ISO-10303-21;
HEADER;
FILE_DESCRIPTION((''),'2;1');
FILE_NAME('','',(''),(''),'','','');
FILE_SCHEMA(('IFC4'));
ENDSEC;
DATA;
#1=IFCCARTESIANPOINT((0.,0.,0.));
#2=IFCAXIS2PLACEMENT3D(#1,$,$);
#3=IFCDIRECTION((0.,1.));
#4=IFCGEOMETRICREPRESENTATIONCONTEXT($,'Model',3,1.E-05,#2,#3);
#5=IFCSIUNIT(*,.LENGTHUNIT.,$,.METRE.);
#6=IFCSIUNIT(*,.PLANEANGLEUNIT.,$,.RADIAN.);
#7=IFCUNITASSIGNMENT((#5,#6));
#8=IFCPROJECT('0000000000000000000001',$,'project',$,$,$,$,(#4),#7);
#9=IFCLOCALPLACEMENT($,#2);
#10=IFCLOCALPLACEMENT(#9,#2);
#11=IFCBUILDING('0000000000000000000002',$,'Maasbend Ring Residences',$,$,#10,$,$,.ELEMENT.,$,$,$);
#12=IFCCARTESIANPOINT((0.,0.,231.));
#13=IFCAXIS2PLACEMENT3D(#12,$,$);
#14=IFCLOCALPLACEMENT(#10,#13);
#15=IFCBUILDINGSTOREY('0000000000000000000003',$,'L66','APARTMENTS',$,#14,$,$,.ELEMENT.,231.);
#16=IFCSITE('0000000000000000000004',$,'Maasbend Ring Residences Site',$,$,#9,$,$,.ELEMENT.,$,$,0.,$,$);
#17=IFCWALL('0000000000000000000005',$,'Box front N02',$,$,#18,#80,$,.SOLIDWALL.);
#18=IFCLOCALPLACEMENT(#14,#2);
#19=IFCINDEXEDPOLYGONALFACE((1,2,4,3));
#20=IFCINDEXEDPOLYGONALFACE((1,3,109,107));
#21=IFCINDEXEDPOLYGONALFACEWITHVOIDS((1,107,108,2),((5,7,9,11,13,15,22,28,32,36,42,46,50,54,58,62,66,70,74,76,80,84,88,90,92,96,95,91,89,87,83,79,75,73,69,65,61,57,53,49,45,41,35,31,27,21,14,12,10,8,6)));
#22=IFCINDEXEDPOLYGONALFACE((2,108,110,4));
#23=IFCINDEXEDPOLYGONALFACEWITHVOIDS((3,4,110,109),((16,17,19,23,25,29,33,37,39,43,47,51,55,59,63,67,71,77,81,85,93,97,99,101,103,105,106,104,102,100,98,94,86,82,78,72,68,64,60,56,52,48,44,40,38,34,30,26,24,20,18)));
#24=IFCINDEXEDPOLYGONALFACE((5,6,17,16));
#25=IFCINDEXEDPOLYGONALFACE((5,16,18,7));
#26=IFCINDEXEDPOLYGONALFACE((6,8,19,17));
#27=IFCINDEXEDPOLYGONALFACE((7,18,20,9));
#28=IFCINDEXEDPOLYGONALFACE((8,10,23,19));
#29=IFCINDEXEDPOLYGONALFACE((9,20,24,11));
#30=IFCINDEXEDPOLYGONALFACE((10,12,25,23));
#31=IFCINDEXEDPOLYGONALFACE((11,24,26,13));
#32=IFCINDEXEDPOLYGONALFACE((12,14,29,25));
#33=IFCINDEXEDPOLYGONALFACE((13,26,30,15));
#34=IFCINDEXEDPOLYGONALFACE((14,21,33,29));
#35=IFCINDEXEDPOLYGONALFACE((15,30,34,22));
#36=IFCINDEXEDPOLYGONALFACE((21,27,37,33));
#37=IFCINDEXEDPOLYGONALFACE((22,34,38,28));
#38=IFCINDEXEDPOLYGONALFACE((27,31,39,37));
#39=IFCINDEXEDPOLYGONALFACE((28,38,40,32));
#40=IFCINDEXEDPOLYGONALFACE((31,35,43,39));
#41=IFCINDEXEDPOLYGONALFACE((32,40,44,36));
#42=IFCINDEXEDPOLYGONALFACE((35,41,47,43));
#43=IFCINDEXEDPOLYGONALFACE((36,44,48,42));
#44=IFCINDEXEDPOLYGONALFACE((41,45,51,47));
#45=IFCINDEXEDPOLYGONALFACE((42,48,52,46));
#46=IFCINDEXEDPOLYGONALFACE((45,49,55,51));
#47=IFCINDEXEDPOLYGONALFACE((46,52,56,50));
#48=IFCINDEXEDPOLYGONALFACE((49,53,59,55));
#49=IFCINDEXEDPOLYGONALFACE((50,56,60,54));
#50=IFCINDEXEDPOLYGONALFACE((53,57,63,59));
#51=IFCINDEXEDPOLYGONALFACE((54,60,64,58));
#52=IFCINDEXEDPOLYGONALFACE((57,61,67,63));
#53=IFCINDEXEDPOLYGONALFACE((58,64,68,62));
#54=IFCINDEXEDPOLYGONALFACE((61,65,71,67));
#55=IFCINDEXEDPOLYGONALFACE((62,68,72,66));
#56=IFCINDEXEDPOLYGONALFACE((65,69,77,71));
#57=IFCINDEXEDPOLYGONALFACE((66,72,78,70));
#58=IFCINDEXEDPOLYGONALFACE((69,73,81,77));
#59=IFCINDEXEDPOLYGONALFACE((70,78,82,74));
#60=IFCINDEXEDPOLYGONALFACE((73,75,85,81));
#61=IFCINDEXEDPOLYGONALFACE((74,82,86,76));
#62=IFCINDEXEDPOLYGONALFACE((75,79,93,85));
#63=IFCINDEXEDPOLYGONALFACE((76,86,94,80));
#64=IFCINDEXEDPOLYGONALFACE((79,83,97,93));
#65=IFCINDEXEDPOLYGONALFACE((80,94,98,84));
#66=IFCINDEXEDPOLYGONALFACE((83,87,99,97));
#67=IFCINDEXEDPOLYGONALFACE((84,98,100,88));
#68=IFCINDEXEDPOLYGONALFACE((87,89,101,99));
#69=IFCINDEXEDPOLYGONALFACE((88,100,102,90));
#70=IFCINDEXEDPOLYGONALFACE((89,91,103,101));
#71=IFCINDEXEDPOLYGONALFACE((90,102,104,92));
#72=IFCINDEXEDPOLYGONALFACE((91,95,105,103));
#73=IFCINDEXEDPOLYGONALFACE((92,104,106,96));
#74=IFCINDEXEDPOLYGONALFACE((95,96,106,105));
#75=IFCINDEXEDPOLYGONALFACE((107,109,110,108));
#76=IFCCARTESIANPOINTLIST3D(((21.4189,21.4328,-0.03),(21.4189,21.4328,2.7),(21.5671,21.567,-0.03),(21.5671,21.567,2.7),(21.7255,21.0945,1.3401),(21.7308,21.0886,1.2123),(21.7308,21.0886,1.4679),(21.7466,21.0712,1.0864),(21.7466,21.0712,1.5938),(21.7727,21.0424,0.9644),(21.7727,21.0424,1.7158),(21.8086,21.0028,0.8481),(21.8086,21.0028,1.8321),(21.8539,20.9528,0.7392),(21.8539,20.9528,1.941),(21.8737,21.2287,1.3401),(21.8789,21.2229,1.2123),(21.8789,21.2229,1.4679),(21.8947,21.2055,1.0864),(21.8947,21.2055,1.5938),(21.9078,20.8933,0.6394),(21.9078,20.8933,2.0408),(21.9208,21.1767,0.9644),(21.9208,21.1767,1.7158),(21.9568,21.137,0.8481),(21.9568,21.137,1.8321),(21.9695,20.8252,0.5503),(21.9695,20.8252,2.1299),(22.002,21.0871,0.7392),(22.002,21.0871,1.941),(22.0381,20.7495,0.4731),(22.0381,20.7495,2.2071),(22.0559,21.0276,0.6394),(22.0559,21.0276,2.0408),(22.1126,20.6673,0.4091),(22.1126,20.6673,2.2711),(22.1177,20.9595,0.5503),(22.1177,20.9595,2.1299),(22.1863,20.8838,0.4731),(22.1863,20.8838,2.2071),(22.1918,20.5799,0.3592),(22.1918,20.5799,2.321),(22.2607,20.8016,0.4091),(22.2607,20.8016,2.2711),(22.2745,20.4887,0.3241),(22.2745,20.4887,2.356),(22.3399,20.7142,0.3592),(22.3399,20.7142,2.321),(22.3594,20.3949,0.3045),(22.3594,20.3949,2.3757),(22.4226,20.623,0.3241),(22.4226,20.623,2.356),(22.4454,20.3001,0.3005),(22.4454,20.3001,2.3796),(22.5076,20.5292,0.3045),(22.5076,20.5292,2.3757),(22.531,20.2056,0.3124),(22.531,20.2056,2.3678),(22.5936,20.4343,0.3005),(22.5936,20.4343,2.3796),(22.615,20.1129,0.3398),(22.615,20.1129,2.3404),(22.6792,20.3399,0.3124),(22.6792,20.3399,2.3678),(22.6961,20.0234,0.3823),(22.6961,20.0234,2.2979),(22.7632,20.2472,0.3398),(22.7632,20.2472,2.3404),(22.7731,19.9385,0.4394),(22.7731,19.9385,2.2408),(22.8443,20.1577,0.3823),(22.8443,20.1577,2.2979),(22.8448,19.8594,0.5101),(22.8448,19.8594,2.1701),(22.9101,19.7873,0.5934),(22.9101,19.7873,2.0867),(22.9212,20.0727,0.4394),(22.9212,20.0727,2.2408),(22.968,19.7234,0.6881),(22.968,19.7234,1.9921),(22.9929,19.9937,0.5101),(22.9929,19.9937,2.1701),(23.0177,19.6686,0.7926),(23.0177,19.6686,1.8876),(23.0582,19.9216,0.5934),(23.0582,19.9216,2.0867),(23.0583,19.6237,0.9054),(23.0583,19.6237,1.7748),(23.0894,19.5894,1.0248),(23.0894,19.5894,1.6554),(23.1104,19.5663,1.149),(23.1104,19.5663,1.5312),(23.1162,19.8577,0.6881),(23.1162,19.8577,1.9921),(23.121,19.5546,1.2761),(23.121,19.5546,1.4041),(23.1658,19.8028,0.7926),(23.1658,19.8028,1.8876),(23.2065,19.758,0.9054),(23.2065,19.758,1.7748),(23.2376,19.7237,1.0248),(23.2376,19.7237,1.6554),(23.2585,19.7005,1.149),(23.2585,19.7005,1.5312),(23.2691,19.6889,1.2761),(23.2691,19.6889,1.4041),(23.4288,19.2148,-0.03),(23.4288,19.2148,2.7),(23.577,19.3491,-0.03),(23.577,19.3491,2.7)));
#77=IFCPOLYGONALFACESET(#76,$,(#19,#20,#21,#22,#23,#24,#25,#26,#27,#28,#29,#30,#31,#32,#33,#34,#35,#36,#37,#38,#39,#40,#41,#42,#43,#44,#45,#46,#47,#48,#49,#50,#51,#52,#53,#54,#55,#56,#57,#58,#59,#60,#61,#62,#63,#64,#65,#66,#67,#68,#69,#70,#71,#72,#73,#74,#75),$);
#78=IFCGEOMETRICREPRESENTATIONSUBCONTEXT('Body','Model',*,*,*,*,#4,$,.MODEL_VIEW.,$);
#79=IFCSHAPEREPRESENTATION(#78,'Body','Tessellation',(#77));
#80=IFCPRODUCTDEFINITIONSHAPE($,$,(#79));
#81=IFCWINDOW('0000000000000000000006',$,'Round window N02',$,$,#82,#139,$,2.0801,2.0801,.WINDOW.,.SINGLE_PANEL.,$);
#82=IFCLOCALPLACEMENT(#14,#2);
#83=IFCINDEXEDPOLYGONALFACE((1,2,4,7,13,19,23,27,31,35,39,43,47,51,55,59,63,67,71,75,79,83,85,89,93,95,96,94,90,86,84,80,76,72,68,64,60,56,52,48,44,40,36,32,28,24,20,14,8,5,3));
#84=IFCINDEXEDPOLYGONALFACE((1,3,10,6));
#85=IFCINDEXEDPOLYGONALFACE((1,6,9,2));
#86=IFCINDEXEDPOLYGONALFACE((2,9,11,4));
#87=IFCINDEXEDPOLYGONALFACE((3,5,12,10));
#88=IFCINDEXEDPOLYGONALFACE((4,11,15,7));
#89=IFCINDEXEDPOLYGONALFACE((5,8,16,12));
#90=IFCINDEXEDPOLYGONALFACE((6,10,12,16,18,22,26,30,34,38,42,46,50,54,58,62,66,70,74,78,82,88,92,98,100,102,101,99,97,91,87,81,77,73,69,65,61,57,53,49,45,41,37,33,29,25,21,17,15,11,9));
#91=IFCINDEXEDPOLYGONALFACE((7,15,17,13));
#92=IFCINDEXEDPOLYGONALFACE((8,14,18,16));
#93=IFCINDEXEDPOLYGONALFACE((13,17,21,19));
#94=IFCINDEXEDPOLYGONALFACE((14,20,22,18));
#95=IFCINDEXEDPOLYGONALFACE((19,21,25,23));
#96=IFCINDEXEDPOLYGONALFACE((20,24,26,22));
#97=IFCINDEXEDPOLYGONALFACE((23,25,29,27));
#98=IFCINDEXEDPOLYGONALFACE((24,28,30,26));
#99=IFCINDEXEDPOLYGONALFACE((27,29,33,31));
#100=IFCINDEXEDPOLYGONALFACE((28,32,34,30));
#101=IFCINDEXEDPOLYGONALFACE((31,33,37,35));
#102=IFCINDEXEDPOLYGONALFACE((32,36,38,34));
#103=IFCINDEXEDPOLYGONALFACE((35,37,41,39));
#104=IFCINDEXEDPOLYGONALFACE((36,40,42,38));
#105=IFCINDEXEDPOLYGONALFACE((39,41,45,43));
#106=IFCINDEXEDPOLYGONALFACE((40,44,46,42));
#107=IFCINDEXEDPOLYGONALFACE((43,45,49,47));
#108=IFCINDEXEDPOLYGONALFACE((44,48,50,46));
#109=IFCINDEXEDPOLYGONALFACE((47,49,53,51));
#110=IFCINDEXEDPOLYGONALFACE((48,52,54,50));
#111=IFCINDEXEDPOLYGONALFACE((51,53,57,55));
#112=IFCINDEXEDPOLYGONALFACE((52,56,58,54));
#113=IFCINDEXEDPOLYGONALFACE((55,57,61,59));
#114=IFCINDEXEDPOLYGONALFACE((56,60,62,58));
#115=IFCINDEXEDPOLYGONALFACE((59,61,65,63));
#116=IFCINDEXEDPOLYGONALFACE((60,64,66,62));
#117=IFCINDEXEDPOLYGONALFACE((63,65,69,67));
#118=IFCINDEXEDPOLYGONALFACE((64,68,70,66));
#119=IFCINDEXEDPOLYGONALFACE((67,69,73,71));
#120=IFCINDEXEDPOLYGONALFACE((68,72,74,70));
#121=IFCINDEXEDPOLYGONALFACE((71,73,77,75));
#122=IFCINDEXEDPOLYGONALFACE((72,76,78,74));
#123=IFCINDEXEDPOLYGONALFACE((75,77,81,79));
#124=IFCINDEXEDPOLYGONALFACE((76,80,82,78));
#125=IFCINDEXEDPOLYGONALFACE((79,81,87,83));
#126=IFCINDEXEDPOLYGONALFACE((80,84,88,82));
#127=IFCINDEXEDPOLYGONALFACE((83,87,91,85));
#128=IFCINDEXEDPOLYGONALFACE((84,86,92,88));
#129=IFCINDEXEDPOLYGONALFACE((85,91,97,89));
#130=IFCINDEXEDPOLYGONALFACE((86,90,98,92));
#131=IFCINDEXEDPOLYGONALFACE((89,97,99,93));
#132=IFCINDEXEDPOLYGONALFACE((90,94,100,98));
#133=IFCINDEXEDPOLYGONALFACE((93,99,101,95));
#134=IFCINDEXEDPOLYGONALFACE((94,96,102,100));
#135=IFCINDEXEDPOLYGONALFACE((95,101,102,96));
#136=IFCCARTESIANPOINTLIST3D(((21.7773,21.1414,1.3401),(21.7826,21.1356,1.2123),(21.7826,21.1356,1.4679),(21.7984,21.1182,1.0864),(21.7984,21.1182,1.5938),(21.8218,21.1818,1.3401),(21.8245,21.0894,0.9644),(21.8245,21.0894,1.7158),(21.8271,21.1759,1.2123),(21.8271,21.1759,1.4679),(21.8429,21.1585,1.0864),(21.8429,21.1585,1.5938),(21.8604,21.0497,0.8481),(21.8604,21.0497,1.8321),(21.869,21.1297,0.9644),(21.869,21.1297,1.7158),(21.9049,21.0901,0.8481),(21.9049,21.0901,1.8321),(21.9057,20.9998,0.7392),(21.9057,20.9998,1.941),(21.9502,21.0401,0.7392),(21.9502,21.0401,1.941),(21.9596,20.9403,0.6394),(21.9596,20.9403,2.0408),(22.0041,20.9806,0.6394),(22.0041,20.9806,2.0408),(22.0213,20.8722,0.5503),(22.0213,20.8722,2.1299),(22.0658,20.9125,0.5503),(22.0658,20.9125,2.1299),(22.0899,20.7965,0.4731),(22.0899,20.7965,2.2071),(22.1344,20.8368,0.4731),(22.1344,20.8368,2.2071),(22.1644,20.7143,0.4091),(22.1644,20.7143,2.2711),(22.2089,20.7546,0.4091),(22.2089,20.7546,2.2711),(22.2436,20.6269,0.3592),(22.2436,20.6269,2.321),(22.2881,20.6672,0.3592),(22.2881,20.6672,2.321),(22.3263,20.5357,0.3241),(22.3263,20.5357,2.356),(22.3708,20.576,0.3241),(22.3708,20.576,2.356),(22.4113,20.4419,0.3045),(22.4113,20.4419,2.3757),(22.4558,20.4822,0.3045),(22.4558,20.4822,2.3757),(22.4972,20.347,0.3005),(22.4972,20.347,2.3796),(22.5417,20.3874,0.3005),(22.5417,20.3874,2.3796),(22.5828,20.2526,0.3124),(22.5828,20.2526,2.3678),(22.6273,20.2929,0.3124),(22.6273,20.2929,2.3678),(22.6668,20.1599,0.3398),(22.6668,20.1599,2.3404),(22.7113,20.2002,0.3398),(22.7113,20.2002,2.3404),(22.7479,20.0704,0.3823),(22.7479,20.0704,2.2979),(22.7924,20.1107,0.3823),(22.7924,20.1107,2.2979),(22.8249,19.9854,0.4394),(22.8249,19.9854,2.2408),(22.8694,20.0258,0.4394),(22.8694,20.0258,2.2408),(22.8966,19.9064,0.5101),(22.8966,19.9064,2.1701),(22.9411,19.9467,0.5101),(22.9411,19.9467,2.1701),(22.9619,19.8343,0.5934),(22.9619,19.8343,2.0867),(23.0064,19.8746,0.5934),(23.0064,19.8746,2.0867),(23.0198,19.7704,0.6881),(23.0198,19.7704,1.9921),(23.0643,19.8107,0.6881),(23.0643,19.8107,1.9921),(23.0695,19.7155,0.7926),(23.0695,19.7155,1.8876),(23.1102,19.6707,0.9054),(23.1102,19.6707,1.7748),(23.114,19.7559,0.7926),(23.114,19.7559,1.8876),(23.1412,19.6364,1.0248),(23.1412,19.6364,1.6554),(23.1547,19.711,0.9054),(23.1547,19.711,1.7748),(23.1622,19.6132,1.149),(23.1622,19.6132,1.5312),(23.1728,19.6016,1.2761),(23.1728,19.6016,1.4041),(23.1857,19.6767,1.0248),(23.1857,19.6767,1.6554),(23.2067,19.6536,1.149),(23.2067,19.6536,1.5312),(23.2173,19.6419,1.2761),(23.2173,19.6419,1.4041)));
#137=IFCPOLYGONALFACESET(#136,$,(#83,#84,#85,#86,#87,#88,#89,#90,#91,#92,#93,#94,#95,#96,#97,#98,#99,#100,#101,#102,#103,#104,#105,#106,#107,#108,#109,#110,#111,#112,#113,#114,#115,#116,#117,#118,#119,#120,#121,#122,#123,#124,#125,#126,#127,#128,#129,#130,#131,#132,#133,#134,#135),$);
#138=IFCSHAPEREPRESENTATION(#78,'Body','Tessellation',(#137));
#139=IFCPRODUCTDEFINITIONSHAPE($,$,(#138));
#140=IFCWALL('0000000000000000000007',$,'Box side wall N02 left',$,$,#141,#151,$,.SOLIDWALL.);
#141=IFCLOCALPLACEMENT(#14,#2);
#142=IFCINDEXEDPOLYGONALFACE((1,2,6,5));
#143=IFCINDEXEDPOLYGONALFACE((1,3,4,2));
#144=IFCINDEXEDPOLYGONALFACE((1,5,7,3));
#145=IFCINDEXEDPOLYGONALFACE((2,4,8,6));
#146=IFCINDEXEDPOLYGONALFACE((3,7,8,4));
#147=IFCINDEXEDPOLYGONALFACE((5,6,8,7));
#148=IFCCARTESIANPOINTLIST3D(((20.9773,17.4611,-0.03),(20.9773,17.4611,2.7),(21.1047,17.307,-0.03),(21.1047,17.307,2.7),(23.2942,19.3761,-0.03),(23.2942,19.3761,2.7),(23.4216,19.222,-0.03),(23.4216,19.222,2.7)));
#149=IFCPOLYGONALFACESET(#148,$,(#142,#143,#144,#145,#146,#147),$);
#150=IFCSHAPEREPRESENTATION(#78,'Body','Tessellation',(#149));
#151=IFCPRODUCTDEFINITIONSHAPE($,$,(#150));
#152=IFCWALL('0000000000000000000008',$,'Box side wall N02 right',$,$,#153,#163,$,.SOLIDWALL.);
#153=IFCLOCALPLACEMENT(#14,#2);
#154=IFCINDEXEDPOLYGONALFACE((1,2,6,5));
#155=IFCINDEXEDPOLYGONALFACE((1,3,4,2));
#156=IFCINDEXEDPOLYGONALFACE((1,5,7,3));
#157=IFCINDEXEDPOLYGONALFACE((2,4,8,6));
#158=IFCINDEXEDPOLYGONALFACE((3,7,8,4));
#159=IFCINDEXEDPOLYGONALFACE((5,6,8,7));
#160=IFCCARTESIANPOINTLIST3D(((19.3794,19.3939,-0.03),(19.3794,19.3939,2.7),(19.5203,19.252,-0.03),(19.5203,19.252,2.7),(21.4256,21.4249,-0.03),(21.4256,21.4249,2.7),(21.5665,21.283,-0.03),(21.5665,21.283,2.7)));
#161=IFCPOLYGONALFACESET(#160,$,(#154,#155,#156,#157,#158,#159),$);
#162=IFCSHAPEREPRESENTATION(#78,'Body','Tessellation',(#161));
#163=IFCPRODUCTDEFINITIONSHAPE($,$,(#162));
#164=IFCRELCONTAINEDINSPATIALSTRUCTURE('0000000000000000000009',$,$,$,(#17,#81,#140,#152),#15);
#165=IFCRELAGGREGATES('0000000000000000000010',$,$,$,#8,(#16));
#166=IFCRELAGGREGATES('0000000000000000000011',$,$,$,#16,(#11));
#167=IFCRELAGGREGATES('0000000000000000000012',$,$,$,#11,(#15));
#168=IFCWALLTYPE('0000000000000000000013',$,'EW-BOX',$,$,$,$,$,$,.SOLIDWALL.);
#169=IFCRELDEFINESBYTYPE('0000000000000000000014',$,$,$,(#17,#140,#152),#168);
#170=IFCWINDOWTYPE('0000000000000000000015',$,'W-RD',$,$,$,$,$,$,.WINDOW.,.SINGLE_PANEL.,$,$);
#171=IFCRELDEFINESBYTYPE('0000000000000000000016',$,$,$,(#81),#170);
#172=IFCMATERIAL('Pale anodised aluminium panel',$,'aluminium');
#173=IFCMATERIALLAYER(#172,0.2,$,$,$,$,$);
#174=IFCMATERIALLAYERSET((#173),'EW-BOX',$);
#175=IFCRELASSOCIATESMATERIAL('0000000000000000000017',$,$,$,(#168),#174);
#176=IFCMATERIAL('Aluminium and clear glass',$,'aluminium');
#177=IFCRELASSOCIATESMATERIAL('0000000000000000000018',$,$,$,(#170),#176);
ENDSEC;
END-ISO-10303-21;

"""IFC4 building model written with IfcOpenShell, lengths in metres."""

from ifc_helpers import new_model, si_unit, direction, frame, frame_2d, origin, place, context, subcontext, project, spatial, rectangle, circle, extrude, material, layer, layer_set, type_object, element, fill, save


model = new_model("IFC4")

# Units and contexts
model_context = context("Model", 3, precision=1e-05, world=origin(), true_north=direction((0.0, 1.0)))
body_context = subcontext(model_context, "Body", "Model", "MODEL_VIEW")
ifc_project = project(units=[si_unit("LENGTHUNIT", "METRE"), si_unit("PLANEANGLEUNIT", "RADIAN")], contexts=[model_context])

# Site, building, storey
site_placement = place(None, origin())
site = spatial("IfcSite", under=ifc_project, at=site_placement, Name="Maasbend Ring Residences Site", CompositionType="ELEMENT", RefElevation=0.0)
building_placement = place(site_placement, origin())
building = spatial("IfcBuilding", under=site, at=building_placement, Name="Maasbend Ring Residences", CompositionType="ELEMENT")
storey_placement = place(building_placement, frame((0.0, 0.0, 231.0)))
storey = spatial("IfcBuildingStorey", under=building, at=storey_placement, Name="L66", Description="APARTMENTS", CompositionType="ELEMENT", Elevation=231.0)

# Wall, opening, window
ifc_material_1 = material(Name="Pale anodised aluminium panel", Category="aluminium")
ifc_layer_1 = layer(ifc_material_1, 0.2)
ifc_layer_set_1 = layer_set([ifc_layer_1], Name="EW-BOX")
wall_type_1 = type_object("IfcWallType", Name="EW-BOX", PredefinedType="SOLIDWALL", material=ifc_layer_set_1)
wall_1_placement = place(storey_placement, frame((23.5029, 19.282, -0.03), z_axis=(0.0, 0.0, 1.0), x_axis=(-0.671507, 0.740998, 0.0)))
wall_1 = element("IfcWall", 1, at=wall_1_placement, inside=storey, type_object=wall_type_1, Name="Box front N02", PredefinedType="SOLIDWALL", context=body_context, shape_type="SweptSolid", body=[
    extrude(rectangle(XDim=2.9932, YDim=0.2, at=frame_2d((1.4966, 0.0))), origin(), (0.0, 0.0, 1.0), 2.73),
])
opening_1_placement = place(wall_1_placement, frame((0.4565, 0.0, 0.3301)))
opening_1 = element("IfcOpeningElement", 2, at=opening_1_placement, cuts=wall_1, PredefinedType="OPENING", context=body_context, shape_type="SweptSolid", body=[
    extrude(circle(Radius=1.04, at=frame_2d((1.04, 1.04))), frame((0.0, 0.1099, 0.0), z_axis=(0.0, -1.0, 0.0), x_axis=(1.0, 0.0, 0.0)), (0.0, 0.0, 1.0), 0.22),
])
ifc_material_2 = material(Name="Aluminium and clear glass", Category="aluminium")
window_type_1 = type_object("IfcWindowType", Name="W-RD", PartitioningType="SINGLE_PANEL", PredefinedType="WINDOW", material=ifc_material_2)
window_1_placement = place(opening_1_placement, origin())
window_1 = element("IfcWindow", 3, at=window_1_placement, inside=storey, type_object=window_type_1, Name="Round window N02", OverallHeight=2.0801, OverallWidth=2.0801, PartitioningType="SINGLE_PANEL", PredefinedType="WINDOW", context=body_context, shape_type="SweptSolid", body=[
    extrude(circle(Radius=1.04, at=frame_2d((1.04, 1.04))), frame((0.0, 0.03, 0.0), z_axis=(0.0, -1.0, 0.0), x_axis=(1.0, 0.0, 0.0)), (0.0, 0.0, 1.0), 0.0601),
])
fill(opening_1, window_1)

# Walls
wall_2_placement = place(storey_placement, frame((21.041, 17.384, -0.03), z_axis=(0.0, 0.0, 1.0), x_axis=(0.770785, 0.637096, 0.0)))
element("IfcWall", 4, at=wall_2_placement, inside=storey, type_object=wall_type_1, Name="Box side wall N02 left", PredefinedType="SOLIDWALL", context=body_context, shape_type="SweptSolid", body=[
    extrude(rectangle(XDim=3.0059, YDim=0.2, at=frame_2d((1.5029, 0.0))), origin(), (0.0, 0.0, 1.0), 2.73),
])
wall_3_placement = place(storey_placement, frame((19.45, 19.323, -0.03), z_axis=(0.0, 0.0, 1.0), x_axis=(0.709727, 0.704477, 0.0)))
element("IfcWall", 5, at=wall_3_placement, inside=storey, type_object=wall_type_1, Name="Box side wall N02 right", PredefinedType="SOLIDWALL", context=body_context, shape_type="SweptSolid", body=[
    extrude(rectangle(XDim=2.8831, YDim=0.2, at=frame_2d((1.4414, 0.0))), origin(), (0.0, 0.0, 1.0), 2.73),
])

save(model, "model.ifc")
